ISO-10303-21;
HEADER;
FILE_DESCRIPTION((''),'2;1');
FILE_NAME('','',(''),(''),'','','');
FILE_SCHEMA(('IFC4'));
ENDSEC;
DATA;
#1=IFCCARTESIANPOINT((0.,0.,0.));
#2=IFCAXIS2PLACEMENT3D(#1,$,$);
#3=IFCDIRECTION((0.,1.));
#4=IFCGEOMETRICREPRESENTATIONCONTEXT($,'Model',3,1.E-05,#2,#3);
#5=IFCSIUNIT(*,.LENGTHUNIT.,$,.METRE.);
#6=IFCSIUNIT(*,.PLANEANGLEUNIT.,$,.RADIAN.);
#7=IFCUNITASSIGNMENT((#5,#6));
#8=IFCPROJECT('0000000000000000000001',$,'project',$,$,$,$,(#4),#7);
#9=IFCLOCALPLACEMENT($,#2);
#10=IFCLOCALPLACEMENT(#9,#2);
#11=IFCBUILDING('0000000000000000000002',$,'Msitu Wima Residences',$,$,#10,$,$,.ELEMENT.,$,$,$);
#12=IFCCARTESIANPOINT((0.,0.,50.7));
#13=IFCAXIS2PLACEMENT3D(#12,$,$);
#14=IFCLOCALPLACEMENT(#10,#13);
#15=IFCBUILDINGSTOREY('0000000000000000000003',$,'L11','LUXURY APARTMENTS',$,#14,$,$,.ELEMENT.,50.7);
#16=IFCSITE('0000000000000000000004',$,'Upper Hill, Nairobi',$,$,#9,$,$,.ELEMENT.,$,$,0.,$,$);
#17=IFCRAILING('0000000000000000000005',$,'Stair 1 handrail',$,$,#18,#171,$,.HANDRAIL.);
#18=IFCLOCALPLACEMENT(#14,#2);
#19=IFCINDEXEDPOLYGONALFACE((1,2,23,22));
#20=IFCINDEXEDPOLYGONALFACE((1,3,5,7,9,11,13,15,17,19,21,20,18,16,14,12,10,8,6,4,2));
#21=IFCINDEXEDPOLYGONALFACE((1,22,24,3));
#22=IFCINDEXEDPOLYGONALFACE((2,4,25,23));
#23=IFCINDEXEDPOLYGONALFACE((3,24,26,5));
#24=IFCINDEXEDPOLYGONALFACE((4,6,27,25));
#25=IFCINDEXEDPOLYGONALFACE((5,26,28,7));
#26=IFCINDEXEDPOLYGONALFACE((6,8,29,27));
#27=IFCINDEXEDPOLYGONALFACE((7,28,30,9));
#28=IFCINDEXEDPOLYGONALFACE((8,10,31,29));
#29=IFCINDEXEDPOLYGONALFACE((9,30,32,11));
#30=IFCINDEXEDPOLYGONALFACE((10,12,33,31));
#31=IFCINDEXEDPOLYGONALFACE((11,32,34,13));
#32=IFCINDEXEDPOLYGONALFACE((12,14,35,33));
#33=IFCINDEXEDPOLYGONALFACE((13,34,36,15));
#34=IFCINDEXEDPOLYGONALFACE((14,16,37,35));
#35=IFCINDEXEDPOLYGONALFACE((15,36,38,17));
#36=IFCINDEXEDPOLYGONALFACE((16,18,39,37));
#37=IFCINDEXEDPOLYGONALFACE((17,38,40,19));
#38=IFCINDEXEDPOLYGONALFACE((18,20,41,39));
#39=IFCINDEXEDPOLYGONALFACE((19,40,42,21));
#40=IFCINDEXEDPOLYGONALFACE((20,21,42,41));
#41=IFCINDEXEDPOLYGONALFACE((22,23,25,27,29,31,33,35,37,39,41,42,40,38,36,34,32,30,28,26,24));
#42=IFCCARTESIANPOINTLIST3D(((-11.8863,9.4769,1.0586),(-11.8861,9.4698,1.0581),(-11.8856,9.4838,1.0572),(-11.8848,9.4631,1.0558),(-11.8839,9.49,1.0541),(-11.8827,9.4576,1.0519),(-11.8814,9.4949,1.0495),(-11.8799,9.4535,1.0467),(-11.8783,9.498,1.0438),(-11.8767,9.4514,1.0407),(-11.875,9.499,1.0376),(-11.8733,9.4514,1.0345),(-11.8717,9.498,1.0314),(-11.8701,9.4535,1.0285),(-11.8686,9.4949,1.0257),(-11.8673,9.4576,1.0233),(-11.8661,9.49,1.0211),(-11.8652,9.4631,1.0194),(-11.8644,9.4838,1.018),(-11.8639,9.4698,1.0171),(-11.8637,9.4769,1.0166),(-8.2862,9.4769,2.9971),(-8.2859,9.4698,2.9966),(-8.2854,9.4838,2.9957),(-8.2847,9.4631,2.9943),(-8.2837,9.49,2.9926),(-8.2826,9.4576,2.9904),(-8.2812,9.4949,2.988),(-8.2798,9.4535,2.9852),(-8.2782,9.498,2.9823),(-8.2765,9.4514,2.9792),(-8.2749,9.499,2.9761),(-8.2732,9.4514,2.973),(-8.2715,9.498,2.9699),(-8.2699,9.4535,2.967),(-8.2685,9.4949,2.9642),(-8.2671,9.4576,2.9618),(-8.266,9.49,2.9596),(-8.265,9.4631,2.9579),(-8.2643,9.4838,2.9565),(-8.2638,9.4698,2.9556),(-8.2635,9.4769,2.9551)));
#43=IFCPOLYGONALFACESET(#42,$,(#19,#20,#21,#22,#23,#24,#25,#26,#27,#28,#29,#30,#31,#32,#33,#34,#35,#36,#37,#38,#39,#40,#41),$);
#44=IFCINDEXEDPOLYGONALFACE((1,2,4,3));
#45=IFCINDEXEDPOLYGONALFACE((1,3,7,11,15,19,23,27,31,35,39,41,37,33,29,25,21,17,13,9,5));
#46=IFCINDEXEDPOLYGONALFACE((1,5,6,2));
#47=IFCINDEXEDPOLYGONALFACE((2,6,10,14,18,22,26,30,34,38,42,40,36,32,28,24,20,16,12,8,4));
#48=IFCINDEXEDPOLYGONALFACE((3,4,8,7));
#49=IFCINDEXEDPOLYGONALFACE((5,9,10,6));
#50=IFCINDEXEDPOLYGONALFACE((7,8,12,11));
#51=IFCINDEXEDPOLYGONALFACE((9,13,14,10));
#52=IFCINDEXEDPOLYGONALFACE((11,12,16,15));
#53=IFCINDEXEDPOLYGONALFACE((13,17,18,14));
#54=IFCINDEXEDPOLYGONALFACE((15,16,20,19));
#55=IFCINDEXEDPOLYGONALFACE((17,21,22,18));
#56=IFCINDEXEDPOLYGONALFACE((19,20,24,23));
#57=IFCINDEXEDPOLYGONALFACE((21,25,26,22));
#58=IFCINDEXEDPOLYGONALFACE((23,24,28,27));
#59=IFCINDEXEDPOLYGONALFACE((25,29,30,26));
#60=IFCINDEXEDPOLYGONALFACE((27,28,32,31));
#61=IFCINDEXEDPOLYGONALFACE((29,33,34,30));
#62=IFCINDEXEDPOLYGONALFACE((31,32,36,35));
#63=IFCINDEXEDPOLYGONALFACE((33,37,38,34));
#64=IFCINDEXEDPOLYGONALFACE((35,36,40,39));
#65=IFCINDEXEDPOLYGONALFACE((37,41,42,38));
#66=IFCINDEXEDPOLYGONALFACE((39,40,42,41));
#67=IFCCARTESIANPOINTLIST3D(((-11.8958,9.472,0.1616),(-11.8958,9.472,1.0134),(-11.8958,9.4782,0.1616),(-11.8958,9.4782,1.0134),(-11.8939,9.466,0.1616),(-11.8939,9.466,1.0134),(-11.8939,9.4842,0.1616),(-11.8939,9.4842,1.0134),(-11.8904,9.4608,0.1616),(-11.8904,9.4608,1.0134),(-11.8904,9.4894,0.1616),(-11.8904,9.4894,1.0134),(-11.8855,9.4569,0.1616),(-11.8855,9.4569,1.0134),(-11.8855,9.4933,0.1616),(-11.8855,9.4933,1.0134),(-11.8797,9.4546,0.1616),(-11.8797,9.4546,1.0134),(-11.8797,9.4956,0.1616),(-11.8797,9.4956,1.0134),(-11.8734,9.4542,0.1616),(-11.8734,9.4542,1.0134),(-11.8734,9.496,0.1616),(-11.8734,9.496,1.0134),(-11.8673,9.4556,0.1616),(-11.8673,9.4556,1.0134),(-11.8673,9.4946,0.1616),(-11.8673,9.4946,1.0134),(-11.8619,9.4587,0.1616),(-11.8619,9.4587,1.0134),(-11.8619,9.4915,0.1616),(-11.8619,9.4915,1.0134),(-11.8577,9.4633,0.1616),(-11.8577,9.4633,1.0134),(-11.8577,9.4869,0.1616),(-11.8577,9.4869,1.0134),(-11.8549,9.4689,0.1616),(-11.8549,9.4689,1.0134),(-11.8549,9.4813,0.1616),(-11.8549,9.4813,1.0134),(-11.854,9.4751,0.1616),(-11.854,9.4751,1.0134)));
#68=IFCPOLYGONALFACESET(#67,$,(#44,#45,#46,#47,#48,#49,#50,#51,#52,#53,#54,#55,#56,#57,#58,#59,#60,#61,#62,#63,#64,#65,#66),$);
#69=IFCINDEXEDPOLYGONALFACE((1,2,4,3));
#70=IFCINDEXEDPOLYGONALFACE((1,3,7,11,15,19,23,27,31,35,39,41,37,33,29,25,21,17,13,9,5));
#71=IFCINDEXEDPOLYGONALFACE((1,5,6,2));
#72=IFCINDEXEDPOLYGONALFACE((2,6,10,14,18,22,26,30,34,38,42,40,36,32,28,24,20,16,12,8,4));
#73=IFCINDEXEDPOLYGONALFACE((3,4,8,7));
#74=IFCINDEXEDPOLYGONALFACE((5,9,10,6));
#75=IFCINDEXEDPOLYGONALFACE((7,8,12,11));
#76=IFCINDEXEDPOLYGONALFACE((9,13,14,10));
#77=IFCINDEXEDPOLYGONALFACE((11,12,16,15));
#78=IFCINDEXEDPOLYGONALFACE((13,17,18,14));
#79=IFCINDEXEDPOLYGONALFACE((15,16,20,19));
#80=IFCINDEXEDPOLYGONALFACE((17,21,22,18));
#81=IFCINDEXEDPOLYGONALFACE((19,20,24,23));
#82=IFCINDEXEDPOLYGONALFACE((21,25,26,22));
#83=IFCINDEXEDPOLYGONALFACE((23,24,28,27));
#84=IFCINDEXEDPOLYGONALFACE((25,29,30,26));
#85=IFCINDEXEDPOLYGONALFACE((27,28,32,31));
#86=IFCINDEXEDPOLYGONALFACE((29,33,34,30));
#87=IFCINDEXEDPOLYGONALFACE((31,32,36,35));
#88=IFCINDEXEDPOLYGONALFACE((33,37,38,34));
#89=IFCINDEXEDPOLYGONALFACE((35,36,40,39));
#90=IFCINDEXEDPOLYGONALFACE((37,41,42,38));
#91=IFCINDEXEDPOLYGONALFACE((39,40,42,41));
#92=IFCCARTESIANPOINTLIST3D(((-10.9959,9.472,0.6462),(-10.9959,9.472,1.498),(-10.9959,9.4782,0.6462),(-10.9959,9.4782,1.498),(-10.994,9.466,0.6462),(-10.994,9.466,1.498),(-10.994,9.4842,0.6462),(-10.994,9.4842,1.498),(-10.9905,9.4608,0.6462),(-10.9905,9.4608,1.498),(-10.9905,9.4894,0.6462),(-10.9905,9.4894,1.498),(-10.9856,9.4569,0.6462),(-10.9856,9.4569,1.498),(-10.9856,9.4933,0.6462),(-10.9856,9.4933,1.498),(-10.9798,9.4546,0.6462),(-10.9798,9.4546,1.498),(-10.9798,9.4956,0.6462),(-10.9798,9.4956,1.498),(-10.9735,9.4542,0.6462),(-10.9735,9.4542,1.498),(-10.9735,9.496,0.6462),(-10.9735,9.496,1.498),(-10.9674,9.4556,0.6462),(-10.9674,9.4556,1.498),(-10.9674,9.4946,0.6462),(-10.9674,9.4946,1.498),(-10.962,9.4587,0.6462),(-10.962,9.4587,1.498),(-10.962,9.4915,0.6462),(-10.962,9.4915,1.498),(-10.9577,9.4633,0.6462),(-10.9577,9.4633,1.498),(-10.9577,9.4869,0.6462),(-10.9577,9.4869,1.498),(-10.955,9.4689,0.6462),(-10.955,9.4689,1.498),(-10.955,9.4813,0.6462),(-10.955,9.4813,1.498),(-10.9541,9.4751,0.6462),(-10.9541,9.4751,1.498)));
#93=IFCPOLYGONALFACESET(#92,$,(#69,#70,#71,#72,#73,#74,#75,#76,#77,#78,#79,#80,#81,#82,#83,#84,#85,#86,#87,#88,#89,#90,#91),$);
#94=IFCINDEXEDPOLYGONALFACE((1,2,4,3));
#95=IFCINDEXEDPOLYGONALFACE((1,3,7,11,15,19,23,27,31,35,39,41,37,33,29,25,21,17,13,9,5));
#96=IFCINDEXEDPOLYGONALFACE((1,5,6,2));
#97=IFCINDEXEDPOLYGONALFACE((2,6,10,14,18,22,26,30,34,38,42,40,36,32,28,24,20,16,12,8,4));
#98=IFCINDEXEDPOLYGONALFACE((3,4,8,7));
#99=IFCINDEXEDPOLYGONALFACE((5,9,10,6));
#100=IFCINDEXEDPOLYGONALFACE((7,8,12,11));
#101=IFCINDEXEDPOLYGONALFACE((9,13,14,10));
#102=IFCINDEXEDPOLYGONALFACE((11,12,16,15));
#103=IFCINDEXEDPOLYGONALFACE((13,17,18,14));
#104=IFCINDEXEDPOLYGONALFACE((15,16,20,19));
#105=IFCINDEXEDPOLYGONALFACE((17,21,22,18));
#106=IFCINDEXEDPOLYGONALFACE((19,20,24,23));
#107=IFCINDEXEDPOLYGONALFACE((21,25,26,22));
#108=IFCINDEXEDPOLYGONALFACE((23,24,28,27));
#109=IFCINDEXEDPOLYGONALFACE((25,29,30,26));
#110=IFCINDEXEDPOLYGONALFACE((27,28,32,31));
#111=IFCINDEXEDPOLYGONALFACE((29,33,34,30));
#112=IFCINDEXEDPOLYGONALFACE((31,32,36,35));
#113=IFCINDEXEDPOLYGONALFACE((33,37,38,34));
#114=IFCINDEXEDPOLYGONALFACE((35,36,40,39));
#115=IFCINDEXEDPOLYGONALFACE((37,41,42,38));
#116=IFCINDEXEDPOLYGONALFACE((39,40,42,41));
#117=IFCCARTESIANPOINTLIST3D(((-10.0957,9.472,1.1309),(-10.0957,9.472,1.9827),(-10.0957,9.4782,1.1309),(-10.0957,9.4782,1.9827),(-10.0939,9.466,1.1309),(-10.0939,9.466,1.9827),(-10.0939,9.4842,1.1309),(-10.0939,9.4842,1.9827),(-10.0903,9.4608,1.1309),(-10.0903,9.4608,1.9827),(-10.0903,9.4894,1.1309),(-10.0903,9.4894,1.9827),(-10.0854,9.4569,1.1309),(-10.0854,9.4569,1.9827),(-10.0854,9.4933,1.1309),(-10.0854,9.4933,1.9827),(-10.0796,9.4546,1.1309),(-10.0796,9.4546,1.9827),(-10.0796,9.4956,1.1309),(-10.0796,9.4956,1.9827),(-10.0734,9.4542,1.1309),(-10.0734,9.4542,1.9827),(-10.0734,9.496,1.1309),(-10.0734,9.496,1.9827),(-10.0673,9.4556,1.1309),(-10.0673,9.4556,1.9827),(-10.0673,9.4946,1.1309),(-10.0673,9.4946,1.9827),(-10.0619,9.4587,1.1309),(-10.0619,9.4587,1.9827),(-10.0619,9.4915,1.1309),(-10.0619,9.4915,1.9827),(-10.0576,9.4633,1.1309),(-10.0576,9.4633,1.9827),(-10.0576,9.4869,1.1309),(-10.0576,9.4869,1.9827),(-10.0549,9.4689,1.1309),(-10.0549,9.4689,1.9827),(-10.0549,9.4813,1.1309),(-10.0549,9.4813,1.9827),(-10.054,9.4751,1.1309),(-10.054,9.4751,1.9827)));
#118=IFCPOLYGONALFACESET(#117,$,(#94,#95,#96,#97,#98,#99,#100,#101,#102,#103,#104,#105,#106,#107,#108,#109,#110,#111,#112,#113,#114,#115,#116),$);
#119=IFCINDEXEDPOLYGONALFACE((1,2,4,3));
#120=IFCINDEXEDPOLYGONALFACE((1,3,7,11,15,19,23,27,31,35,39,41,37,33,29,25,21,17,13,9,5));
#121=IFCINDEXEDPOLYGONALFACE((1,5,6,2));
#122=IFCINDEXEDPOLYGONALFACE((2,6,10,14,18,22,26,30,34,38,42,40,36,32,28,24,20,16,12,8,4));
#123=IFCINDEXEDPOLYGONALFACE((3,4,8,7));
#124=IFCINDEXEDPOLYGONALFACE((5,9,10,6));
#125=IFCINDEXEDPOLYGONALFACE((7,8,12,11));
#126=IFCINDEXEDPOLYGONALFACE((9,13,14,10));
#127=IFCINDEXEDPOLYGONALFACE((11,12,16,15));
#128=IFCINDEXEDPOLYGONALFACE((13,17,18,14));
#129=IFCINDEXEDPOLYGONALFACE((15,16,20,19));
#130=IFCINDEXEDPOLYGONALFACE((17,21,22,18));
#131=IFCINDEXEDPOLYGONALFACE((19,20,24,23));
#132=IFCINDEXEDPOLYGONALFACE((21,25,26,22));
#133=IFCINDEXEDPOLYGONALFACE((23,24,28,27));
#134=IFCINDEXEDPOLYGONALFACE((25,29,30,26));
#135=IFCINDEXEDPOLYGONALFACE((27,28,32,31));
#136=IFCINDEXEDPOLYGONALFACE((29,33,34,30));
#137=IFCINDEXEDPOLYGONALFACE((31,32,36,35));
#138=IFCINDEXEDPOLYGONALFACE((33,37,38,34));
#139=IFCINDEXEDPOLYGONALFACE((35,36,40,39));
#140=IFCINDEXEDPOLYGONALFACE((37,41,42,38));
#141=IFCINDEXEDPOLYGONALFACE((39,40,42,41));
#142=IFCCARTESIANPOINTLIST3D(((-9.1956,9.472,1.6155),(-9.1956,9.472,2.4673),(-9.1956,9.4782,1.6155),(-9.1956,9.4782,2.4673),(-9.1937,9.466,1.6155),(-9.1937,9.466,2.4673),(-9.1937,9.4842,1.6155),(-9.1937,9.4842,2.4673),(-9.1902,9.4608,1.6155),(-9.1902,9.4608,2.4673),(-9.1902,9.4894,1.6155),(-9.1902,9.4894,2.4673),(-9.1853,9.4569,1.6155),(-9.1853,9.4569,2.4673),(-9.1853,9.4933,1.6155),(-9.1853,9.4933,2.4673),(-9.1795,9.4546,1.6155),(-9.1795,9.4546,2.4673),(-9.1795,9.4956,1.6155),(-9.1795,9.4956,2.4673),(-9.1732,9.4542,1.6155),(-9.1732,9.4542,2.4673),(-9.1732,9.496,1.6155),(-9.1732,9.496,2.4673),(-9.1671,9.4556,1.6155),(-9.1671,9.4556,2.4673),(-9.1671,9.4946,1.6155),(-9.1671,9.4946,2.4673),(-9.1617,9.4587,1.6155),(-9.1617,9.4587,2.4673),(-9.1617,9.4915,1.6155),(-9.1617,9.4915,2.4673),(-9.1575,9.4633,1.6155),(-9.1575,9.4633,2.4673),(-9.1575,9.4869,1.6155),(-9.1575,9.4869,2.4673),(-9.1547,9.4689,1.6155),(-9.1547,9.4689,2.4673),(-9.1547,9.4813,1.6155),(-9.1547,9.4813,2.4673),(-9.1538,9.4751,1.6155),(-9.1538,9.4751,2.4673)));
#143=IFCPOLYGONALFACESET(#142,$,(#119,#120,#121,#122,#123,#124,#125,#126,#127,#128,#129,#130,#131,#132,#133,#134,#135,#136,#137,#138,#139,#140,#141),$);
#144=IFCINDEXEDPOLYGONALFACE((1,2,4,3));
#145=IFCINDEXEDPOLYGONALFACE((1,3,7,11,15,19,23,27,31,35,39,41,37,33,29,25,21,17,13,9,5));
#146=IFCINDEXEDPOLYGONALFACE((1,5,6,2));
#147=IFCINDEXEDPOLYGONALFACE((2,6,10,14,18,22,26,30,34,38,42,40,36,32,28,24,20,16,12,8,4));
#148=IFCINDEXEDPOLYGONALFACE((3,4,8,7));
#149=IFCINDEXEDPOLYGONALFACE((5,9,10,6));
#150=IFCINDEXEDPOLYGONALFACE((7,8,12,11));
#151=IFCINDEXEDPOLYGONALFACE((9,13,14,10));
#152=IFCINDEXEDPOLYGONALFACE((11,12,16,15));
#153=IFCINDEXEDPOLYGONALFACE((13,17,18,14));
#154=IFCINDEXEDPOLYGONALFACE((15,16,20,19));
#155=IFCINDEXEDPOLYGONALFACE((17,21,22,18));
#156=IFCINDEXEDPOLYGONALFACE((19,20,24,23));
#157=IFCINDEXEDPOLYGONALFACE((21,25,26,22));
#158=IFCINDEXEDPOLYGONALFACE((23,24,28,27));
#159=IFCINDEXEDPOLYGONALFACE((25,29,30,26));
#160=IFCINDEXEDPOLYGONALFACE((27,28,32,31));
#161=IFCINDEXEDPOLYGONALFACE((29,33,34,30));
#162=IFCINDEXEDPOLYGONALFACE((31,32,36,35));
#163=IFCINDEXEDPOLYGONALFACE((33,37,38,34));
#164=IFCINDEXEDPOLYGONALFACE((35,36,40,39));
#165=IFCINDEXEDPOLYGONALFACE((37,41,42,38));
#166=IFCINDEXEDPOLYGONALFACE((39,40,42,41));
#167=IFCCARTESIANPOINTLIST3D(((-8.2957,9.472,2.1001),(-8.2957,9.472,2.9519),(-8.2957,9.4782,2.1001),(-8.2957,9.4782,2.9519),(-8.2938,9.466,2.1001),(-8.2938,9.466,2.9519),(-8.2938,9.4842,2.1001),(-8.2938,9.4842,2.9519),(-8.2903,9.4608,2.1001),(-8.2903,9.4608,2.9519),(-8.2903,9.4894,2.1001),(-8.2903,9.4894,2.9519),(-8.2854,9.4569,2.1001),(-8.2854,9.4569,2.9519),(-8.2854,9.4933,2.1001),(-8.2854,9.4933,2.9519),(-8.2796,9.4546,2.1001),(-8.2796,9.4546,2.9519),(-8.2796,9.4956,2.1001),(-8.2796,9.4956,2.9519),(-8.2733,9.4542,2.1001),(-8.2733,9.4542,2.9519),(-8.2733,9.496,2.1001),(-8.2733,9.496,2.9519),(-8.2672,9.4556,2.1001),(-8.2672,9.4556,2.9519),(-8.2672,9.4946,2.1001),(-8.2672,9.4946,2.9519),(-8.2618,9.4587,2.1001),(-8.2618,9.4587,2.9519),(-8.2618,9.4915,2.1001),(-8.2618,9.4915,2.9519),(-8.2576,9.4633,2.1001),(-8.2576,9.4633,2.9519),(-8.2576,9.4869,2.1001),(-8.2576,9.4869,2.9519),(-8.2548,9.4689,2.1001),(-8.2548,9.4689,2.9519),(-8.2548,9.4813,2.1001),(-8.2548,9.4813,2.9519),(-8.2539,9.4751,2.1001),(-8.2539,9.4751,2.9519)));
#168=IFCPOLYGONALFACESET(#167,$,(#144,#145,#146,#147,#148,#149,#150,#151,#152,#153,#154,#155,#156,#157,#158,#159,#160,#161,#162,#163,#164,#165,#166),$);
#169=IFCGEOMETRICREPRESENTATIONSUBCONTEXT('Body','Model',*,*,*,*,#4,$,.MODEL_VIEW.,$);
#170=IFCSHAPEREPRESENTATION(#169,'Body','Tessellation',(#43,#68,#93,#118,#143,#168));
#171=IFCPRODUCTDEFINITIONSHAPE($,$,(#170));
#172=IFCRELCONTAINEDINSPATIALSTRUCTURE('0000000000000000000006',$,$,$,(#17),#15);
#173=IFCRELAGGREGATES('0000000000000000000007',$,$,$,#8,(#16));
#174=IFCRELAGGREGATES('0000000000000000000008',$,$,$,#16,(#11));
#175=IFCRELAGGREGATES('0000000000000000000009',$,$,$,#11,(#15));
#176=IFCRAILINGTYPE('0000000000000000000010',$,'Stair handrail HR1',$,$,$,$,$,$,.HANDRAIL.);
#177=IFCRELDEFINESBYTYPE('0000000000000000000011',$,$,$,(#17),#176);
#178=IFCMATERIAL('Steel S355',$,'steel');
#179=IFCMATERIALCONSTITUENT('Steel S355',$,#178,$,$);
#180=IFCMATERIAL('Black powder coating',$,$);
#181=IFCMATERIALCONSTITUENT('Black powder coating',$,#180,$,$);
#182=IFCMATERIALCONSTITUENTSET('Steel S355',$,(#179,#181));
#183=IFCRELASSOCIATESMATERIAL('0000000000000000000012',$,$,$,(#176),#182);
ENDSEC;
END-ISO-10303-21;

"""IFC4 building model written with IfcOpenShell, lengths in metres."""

from ifc_helpers import new_model, si_unit, direction, frame, origin, origin_2d, place, context, subcontext, project, spatial, circle, extrude, material, constituent, constituent_set, type_object, element, save


model = new_model("IFC4")

# Units and contexts
model_context = context("Model", 3, precision=1e-05, world=origin(), true_north=direction((0.0, 1.0)))
body_context = subcontext(model_context, "Body", "Model", "MODEL_VIEW")
ifc_project = project(units=[si_unit("LENGTHUNIT", "METRE"), si_unit("PLANEANGLEUNIT", "RADIAN")], contexts=[model_context])

# Site, building, storey
site_placement = place(None, origin())
site = spatial("IfcSite", under=ifc_project, at=site_placement, Name="Upper Hill, Nairobi", CompositionType="ELEMENT", RefElevation=0.0)
building_placement = place(site_placement, origin())
building = spatial("IfcBuilding", under=site, at=building_placement, Name="Msitu Wima Residences", CompositionType="ELEMENT")
storey_placement = place(building_placement, frame((0.0, 0.0, 50.7)))
storey = spatial("IfcBuildingStorey", under=building, at=storey_placement, Name="L11", Description="LUXURY APARTMENTS", CompositionType="ELEMENT", Elevation=50.7)

# Railing
ifc_material_1 = material(Name="Steel S355", Category="steel")
ifc_constituent_1 = constituent(ifc_material_1, Name="Steel S355")
ifc_material_2 = material(Name="Black powder coating")
ifc_constituent_2 = constituent(ifc_material_2, Name="Black powder coating")
ifc_constituent_set = constituent_set(constituents=[ifc_constituent_1, ifc_constituent_2], Name="Steel S355")
railing_type = type_object("IfcRailingType", Name="Stair handrail HR1", PredefinedType="HANDRAIL", material=ifc_constituent_set)
for number, where, name in (
    (1, (-11.875, 9.4751, 0.1616), "Stair 1 handrail"),
):
    element("IfcRailing", number, at=place(storey_placement, frame(where)), inside=storey, type_object=railing_type, Name=name, PredefinedType="HANDRAIL", context=body_context, shape_type="SweptSolid", body=[
        extrude(circle(Radius=0.0239, at=origin_2d()), frame((0.0, 0.0, 0.876), z_axis=(0.880475, 0.0, 0.474093), x_axis=(0.0, 1.0, 0.0)), (0.0, 0.0, 1.0), 4.0889),
        extrude(circle(Radius=0.021, at=origin_2d()), origin(), (0.0, 0.0, 1.0), 0.8518),
        extrude(circle(Radius=0.021, at=origin_2d()), frame((0.8999, 0.0, 0.4846)), (0.0, 0.0, 1.0), 0.8518),
        extrude(circle(Radius=0.021, at=origin_2d()), frame((1.8, 0.0, 0.9692)), (0.0, 0.0, 1.0), 0.8518),
        extrude(circle(Radius=0.021, at=origin_2d()), frame((2.7002, 0.0, 1.4539)), (0.0, 0.0, 1.0), 0.8518),
        extrude(circle(Radius=0.021, at=origin_2d()), frame((3.6001, 0.0, 1.9385)), (0.0, 0.0, 1.0), 0.8518),
    ])

save(model, "model.ifc")
